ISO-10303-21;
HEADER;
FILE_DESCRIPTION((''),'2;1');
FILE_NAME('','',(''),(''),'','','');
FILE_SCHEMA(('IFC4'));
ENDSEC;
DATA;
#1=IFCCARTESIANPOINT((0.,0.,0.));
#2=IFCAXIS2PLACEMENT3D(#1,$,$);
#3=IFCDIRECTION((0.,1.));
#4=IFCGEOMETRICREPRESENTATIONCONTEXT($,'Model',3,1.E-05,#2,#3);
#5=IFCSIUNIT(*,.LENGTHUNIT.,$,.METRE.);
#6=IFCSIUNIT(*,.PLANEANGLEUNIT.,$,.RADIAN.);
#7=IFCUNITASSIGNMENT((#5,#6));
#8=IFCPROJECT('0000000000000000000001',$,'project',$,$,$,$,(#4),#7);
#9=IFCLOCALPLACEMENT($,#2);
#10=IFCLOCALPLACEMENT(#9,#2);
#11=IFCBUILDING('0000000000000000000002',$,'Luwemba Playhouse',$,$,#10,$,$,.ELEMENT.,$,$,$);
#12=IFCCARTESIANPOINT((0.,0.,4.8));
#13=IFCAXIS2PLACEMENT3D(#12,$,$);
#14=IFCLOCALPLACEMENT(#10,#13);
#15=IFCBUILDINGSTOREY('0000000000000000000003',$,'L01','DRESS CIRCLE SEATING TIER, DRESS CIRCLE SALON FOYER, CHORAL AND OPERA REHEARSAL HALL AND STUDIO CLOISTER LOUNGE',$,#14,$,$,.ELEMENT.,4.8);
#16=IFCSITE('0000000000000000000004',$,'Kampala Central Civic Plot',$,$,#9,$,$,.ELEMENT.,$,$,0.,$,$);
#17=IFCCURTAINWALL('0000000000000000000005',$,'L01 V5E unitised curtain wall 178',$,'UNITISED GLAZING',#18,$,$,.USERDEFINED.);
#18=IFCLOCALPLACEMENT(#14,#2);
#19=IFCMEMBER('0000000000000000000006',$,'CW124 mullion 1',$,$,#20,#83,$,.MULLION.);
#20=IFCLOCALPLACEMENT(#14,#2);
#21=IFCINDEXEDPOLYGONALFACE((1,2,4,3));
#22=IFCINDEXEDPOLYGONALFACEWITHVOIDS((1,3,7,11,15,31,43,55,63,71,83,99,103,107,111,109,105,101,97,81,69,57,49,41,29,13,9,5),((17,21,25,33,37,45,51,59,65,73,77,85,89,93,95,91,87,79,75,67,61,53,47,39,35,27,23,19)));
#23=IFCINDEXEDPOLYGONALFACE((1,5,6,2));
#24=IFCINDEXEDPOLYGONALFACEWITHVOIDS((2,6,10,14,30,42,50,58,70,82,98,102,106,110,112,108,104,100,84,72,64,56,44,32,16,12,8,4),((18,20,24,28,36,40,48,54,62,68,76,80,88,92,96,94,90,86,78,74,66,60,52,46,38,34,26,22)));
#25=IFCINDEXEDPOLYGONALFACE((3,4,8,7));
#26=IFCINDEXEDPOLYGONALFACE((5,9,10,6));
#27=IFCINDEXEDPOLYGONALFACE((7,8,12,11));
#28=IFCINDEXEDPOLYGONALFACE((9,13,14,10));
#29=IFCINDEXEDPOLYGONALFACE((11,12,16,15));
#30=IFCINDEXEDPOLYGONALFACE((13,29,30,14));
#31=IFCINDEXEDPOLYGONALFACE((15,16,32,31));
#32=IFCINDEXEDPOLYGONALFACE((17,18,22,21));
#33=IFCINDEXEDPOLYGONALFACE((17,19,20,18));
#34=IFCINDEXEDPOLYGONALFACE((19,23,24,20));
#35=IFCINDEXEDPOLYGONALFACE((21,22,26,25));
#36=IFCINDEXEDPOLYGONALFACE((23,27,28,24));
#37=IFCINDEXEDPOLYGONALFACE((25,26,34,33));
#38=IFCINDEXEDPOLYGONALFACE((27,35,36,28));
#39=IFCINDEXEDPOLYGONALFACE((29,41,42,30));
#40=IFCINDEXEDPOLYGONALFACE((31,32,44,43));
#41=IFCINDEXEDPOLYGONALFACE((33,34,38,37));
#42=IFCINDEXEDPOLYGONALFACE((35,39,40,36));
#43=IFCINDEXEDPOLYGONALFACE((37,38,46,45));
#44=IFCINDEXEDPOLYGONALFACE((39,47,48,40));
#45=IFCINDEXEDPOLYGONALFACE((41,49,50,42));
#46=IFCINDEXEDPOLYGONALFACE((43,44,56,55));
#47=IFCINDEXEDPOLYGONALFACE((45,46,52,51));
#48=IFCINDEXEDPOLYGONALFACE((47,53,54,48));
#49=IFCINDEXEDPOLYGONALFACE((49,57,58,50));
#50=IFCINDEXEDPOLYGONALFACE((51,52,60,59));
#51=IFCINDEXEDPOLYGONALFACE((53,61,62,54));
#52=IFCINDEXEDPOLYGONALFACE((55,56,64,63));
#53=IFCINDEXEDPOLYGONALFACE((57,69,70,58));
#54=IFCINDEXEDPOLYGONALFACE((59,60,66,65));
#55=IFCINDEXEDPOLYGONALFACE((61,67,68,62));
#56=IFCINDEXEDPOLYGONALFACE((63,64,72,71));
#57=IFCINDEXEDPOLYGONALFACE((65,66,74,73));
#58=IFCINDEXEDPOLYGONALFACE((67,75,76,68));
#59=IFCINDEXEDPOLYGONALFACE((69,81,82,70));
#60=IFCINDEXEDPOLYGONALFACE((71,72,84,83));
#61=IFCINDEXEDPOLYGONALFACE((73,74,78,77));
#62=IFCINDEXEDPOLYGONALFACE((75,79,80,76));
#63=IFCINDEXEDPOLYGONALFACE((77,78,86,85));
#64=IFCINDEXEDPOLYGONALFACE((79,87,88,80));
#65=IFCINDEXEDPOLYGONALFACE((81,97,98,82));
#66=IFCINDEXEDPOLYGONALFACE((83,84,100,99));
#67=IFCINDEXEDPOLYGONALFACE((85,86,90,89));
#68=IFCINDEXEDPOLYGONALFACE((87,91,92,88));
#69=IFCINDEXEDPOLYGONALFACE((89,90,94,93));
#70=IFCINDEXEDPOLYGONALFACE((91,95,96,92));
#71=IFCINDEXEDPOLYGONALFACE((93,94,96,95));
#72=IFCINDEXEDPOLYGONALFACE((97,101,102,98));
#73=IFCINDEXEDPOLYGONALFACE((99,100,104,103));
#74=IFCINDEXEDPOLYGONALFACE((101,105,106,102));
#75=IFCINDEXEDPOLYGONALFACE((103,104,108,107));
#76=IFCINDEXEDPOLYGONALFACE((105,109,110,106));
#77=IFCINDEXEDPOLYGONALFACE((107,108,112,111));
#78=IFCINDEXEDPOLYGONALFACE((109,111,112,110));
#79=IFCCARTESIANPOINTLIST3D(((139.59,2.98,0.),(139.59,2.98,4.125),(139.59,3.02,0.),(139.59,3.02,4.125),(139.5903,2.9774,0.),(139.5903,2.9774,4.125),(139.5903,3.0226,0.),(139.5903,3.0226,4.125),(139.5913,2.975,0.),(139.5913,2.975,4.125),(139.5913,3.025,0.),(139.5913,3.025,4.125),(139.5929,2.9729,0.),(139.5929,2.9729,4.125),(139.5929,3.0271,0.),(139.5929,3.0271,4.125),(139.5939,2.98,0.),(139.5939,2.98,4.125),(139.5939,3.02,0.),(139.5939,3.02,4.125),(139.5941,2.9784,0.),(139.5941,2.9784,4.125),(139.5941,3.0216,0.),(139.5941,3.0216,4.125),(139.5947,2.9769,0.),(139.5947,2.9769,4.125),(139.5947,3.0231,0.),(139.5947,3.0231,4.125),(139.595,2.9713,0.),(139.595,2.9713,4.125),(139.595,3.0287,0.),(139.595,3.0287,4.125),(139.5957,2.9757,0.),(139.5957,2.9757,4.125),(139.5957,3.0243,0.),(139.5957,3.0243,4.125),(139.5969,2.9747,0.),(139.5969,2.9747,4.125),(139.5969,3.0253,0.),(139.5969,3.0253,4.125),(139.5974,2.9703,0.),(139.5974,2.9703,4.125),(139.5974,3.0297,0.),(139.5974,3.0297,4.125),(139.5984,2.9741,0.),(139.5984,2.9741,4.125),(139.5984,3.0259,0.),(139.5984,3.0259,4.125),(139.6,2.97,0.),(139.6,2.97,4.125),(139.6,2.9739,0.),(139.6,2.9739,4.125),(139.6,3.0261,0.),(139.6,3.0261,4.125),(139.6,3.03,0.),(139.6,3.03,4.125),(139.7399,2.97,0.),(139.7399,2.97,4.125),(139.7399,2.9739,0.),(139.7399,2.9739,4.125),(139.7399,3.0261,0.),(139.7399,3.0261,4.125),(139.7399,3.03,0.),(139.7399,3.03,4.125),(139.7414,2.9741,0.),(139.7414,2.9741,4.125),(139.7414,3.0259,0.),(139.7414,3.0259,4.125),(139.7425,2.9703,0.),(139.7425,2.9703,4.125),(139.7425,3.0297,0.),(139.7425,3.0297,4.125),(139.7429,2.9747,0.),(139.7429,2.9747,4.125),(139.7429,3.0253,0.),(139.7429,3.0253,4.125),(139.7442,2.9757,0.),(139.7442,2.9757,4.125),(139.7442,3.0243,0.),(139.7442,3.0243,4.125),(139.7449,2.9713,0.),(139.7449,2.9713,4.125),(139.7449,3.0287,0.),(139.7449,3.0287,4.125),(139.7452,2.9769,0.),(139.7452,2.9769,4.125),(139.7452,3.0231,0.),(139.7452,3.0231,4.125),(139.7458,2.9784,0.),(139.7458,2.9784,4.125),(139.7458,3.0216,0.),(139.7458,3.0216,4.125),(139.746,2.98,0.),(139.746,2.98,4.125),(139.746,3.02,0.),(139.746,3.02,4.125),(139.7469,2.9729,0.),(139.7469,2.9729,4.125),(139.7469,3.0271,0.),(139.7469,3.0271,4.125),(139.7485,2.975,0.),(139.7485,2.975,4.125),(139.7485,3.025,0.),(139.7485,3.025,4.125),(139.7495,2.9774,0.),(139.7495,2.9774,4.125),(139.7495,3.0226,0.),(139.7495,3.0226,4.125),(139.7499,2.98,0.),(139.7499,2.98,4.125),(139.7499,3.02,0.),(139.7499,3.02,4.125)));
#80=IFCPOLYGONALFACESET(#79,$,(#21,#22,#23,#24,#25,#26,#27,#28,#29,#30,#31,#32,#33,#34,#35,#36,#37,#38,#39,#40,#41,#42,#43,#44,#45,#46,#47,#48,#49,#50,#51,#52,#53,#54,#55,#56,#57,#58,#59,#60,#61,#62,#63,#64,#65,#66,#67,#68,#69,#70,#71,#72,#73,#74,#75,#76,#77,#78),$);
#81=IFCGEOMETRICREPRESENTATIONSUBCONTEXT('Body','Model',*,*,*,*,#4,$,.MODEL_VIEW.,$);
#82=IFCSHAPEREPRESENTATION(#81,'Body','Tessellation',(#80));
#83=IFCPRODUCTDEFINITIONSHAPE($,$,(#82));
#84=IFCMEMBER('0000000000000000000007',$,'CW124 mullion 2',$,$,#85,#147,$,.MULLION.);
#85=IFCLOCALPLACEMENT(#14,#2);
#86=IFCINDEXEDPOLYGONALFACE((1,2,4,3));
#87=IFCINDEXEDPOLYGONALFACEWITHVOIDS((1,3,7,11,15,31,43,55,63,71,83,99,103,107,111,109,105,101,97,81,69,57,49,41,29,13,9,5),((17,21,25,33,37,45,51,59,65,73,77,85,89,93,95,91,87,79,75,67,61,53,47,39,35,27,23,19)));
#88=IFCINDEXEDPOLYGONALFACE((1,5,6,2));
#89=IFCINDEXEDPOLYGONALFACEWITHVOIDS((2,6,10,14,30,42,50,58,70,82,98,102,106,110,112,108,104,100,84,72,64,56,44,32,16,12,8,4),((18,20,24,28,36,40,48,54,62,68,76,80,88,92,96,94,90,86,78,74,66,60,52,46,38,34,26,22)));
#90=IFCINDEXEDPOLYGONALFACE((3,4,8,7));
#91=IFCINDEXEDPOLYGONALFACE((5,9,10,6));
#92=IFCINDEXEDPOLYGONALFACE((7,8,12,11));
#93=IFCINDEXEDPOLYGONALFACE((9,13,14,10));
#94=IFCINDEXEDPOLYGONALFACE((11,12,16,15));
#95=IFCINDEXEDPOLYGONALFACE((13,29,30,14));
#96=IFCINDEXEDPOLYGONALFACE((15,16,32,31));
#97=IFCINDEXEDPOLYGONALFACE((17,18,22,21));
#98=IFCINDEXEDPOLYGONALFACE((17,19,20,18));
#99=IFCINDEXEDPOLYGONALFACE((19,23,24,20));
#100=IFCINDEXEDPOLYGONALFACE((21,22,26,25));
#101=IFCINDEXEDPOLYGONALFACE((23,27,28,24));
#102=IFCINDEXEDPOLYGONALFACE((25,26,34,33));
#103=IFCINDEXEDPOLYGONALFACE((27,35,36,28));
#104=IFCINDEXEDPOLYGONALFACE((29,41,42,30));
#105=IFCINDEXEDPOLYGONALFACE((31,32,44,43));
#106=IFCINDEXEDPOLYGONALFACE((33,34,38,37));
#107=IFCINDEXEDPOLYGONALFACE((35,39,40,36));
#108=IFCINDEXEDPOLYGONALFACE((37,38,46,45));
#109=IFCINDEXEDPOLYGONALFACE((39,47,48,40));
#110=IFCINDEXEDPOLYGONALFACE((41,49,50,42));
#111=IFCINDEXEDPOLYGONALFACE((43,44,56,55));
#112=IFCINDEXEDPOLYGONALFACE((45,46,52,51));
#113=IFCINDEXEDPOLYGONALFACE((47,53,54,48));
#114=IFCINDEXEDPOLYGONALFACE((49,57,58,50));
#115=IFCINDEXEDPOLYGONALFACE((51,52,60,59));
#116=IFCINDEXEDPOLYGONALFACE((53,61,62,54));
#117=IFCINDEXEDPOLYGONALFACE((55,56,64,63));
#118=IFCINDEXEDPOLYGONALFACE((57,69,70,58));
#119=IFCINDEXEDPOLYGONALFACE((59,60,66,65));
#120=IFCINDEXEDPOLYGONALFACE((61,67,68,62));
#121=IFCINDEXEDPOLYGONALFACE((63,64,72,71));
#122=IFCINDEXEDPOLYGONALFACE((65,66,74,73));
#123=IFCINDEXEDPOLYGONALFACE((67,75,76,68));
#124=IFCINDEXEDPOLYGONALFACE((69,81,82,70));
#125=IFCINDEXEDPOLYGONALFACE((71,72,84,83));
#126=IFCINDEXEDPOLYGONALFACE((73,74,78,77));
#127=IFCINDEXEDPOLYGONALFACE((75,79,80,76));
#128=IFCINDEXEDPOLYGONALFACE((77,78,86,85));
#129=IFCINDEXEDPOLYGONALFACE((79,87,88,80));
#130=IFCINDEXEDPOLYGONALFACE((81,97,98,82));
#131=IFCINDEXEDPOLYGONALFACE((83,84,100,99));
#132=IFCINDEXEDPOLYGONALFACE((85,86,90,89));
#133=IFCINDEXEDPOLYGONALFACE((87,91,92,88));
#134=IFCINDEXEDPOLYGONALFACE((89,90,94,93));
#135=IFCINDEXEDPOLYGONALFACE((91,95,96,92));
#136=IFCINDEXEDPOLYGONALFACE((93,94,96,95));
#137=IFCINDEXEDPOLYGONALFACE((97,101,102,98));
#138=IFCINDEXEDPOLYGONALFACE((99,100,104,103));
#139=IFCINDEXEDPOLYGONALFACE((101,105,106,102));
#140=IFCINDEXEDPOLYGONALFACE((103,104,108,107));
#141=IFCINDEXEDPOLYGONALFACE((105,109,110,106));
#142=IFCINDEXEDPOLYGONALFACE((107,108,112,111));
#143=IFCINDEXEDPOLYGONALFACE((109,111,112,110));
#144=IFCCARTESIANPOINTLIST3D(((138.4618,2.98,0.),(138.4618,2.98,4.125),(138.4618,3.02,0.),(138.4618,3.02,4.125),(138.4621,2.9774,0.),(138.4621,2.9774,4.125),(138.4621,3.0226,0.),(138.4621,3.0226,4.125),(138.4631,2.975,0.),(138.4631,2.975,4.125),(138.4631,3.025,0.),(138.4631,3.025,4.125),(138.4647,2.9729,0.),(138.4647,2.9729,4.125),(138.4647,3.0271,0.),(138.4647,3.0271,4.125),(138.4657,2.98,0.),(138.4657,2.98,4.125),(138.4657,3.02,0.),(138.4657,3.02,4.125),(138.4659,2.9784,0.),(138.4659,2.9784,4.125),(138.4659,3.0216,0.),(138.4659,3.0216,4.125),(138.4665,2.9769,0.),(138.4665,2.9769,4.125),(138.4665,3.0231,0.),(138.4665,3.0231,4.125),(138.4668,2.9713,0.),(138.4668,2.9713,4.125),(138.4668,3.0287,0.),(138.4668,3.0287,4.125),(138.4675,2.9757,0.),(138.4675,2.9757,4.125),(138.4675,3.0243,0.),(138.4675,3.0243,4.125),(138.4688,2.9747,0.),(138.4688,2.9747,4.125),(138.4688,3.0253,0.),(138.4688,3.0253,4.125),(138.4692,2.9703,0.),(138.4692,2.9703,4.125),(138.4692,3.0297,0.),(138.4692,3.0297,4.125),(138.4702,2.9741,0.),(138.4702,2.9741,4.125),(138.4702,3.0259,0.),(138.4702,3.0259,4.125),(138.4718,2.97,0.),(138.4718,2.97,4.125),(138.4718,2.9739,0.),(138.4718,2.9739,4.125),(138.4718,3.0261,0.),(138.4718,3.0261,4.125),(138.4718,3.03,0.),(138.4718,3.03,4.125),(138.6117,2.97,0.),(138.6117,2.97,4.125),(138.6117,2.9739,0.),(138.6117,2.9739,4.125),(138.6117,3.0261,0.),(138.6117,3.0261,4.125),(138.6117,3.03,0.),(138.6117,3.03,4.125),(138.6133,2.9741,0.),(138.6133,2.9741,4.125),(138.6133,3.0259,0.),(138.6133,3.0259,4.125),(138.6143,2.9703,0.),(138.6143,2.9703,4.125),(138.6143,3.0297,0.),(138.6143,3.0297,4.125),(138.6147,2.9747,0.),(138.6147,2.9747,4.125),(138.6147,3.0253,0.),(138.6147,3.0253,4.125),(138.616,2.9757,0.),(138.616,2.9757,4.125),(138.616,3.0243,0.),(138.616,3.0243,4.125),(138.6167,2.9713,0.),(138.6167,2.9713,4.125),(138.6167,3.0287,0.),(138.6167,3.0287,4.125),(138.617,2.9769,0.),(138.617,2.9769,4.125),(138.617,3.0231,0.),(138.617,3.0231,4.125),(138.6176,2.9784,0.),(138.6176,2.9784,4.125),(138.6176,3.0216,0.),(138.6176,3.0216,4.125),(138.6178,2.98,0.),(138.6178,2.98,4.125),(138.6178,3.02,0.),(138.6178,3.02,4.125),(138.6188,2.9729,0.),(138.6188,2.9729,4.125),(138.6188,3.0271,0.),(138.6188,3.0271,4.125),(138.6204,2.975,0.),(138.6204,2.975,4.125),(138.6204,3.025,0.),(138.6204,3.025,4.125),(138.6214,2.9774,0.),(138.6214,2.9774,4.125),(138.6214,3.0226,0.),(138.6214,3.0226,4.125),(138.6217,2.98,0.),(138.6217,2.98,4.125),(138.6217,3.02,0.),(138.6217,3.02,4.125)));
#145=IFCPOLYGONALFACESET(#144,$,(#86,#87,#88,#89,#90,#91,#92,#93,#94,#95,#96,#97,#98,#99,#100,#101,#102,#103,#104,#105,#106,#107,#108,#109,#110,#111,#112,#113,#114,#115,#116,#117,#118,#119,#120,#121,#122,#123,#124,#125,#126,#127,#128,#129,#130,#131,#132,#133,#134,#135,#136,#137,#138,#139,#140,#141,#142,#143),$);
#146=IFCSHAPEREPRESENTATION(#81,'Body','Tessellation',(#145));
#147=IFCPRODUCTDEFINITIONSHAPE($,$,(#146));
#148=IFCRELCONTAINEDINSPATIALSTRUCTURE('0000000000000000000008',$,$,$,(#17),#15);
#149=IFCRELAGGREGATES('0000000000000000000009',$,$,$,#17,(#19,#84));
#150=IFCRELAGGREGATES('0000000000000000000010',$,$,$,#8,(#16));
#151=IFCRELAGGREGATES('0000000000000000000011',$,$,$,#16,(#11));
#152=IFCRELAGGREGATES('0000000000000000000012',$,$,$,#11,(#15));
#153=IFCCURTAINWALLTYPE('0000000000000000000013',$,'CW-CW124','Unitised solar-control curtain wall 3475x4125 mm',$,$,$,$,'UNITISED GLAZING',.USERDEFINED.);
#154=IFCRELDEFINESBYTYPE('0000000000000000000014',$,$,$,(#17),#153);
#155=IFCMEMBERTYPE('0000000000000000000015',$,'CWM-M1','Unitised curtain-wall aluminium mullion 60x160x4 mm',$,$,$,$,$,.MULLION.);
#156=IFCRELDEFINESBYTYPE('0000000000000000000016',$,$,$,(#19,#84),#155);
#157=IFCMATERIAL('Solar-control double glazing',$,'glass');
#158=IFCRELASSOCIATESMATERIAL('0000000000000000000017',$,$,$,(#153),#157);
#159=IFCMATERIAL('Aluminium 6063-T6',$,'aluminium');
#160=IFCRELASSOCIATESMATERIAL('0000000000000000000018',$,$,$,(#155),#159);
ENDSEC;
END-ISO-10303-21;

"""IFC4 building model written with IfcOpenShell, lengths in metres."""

from ifc_helpers import new_model, si_unit, direction, frame, origin, origin_2d, place, context, subcontext, project, spatial, hollow_rectangle, extrude, material, material_profile, profile_set, type_object, element, aggregate, save


model = new_model("IFC4")

# Units and contexts
model_context = context("Model", 3, precision=1e-05, world=origin(), true_north=direction((0.0, 1.0)))
body_context = subcontext(model_context, "Body", "Model", "MODEL_VIEW")
ifc_project = project(units=[si_unit("LENGTHUNIT", "METRE"), si_unit("PLANEANGLEUNIT", "RADIAN")], contexts=[model_context])

# Site, building, storey
site_placement = place(None, origin())
site = spatial("IfcSite", under=ifc_project, at=site_placement, Name="Kampala Central Civic Plot", CompositionType="ELEMENT", RefElevation=0.0)
building_placement = place(site_placement, origin())
building = spatial("IfcBuilding", under=site, at=building_placement, Name="Luwemba Playhouse", CompositionType="ELEMENT")
storey_placement = place(building_placement, frame((0.0, 0.0, 4.8)))
storey = spatial("IfcBuildingStorey", under=building, at=storey_placement, Name="L01", Description="DRESS CIRCLE SEATING TIER, DRESS CIRCLE SALON FOYER, CHORAL AND OPERA REHEARSAL HALL AND STUDIO CLOISTER LOUNGE", CompositionType="ELEMENT", Elevation=4.8)

# Curtain wall, members
ifc_material_1 = material(Name="Solar-control double glazing", Category="glass")
curtain_wall_type_1 = type_object("IfcCurtainWallType", Name="CW-CW124", Description="Unitised solar-control curtain wall 3475x4125 mm", ElementType="UNITISED GLAZING", PredefinedType="USERDEFINED", material=ifc_material_1)
curtain_wall_1_placement = place(storey_placement, origin())
curtain_wall_1 = element("IfcCurtainWall", 1, at=curtain_wall_1_placement, inside=storey, type_object=curtain_wall_type_1, Name="L01 V5E unitised curtain wall 178", ObjectType="UNITISED GLAZING", PredefinedType="USERDEFINED")
ifc_material_2 = material(Name="Aluminium 6063-T6", Category="aluminium")
ifc_material_profile_1 = material_profile(ifc_material_2, hollow_rectangle(XDim=0.0601, YDim=0.1599, WallThickness=0.0039, InnerFilletRadius=0.0061, OuterFilletRadius=0.01, at=origin_2d()))
ifc_profile_set_1 = profile_set([ifc_material_profile_1], Name="Aluminium 6063-T6")
member_type_1 = type_object("IfcMemberType", Name="CWM-M1", Description="Unitised curtain-wall aluminium mullion 60x160x4 mm", PredefinedType="MULLION", material=ifc_profile_set_1)
member_1_placement = place(storey_placement, frame((139.6699, 3.0, 0.0), z_axis=(0.0, 0.0, 1.0), x_axis=(0.0, -1.0, 0.0)))
member_1 = element("IfcMember", 2, at=member_1_placement, type_object=member_type_1, Name="CW124 mullion 1", PredefinedType="MULLION", context=body_context, shape_type="SweptSolid", body=[
    extrude(hollow_rectangle(XDim=0.0601, YDim=0.1599, WallThickness=0.0039, InnerFilletRadius=0.0061, OuterFilletRadius=0.01, at=origin_2d()), origin(), (0.0, 0.0, 1.0), 4.125),
])
member_2_placement = place(storey_placement, frame((138.5417, 3.0, 0.0), z_axis=(0.0, 0.0, 1.0), x_axis=(0.0, -1.0, 0.0)))
member_2 = element("IfcMember", 3, at=member_2_placement, type_object=member_type_1, Name="CW124 mullion 2", PredefinedType="MULLION", context=body_context, shape_type="SweptSolid", body=[
    extrude(hollow_rectangle(XDim=0.0601, YDim=0.1599, WallThickness=0.0039, InnerFilletRadius=0.0061, OuterFilletRadius=0.01, at=origin_2d()), origin(), (0.0, 0.0, 1.0), 4.125),
])

aggregate(curtain_wall_1, [member_1, member_2])

save(model, "model.ifc")
